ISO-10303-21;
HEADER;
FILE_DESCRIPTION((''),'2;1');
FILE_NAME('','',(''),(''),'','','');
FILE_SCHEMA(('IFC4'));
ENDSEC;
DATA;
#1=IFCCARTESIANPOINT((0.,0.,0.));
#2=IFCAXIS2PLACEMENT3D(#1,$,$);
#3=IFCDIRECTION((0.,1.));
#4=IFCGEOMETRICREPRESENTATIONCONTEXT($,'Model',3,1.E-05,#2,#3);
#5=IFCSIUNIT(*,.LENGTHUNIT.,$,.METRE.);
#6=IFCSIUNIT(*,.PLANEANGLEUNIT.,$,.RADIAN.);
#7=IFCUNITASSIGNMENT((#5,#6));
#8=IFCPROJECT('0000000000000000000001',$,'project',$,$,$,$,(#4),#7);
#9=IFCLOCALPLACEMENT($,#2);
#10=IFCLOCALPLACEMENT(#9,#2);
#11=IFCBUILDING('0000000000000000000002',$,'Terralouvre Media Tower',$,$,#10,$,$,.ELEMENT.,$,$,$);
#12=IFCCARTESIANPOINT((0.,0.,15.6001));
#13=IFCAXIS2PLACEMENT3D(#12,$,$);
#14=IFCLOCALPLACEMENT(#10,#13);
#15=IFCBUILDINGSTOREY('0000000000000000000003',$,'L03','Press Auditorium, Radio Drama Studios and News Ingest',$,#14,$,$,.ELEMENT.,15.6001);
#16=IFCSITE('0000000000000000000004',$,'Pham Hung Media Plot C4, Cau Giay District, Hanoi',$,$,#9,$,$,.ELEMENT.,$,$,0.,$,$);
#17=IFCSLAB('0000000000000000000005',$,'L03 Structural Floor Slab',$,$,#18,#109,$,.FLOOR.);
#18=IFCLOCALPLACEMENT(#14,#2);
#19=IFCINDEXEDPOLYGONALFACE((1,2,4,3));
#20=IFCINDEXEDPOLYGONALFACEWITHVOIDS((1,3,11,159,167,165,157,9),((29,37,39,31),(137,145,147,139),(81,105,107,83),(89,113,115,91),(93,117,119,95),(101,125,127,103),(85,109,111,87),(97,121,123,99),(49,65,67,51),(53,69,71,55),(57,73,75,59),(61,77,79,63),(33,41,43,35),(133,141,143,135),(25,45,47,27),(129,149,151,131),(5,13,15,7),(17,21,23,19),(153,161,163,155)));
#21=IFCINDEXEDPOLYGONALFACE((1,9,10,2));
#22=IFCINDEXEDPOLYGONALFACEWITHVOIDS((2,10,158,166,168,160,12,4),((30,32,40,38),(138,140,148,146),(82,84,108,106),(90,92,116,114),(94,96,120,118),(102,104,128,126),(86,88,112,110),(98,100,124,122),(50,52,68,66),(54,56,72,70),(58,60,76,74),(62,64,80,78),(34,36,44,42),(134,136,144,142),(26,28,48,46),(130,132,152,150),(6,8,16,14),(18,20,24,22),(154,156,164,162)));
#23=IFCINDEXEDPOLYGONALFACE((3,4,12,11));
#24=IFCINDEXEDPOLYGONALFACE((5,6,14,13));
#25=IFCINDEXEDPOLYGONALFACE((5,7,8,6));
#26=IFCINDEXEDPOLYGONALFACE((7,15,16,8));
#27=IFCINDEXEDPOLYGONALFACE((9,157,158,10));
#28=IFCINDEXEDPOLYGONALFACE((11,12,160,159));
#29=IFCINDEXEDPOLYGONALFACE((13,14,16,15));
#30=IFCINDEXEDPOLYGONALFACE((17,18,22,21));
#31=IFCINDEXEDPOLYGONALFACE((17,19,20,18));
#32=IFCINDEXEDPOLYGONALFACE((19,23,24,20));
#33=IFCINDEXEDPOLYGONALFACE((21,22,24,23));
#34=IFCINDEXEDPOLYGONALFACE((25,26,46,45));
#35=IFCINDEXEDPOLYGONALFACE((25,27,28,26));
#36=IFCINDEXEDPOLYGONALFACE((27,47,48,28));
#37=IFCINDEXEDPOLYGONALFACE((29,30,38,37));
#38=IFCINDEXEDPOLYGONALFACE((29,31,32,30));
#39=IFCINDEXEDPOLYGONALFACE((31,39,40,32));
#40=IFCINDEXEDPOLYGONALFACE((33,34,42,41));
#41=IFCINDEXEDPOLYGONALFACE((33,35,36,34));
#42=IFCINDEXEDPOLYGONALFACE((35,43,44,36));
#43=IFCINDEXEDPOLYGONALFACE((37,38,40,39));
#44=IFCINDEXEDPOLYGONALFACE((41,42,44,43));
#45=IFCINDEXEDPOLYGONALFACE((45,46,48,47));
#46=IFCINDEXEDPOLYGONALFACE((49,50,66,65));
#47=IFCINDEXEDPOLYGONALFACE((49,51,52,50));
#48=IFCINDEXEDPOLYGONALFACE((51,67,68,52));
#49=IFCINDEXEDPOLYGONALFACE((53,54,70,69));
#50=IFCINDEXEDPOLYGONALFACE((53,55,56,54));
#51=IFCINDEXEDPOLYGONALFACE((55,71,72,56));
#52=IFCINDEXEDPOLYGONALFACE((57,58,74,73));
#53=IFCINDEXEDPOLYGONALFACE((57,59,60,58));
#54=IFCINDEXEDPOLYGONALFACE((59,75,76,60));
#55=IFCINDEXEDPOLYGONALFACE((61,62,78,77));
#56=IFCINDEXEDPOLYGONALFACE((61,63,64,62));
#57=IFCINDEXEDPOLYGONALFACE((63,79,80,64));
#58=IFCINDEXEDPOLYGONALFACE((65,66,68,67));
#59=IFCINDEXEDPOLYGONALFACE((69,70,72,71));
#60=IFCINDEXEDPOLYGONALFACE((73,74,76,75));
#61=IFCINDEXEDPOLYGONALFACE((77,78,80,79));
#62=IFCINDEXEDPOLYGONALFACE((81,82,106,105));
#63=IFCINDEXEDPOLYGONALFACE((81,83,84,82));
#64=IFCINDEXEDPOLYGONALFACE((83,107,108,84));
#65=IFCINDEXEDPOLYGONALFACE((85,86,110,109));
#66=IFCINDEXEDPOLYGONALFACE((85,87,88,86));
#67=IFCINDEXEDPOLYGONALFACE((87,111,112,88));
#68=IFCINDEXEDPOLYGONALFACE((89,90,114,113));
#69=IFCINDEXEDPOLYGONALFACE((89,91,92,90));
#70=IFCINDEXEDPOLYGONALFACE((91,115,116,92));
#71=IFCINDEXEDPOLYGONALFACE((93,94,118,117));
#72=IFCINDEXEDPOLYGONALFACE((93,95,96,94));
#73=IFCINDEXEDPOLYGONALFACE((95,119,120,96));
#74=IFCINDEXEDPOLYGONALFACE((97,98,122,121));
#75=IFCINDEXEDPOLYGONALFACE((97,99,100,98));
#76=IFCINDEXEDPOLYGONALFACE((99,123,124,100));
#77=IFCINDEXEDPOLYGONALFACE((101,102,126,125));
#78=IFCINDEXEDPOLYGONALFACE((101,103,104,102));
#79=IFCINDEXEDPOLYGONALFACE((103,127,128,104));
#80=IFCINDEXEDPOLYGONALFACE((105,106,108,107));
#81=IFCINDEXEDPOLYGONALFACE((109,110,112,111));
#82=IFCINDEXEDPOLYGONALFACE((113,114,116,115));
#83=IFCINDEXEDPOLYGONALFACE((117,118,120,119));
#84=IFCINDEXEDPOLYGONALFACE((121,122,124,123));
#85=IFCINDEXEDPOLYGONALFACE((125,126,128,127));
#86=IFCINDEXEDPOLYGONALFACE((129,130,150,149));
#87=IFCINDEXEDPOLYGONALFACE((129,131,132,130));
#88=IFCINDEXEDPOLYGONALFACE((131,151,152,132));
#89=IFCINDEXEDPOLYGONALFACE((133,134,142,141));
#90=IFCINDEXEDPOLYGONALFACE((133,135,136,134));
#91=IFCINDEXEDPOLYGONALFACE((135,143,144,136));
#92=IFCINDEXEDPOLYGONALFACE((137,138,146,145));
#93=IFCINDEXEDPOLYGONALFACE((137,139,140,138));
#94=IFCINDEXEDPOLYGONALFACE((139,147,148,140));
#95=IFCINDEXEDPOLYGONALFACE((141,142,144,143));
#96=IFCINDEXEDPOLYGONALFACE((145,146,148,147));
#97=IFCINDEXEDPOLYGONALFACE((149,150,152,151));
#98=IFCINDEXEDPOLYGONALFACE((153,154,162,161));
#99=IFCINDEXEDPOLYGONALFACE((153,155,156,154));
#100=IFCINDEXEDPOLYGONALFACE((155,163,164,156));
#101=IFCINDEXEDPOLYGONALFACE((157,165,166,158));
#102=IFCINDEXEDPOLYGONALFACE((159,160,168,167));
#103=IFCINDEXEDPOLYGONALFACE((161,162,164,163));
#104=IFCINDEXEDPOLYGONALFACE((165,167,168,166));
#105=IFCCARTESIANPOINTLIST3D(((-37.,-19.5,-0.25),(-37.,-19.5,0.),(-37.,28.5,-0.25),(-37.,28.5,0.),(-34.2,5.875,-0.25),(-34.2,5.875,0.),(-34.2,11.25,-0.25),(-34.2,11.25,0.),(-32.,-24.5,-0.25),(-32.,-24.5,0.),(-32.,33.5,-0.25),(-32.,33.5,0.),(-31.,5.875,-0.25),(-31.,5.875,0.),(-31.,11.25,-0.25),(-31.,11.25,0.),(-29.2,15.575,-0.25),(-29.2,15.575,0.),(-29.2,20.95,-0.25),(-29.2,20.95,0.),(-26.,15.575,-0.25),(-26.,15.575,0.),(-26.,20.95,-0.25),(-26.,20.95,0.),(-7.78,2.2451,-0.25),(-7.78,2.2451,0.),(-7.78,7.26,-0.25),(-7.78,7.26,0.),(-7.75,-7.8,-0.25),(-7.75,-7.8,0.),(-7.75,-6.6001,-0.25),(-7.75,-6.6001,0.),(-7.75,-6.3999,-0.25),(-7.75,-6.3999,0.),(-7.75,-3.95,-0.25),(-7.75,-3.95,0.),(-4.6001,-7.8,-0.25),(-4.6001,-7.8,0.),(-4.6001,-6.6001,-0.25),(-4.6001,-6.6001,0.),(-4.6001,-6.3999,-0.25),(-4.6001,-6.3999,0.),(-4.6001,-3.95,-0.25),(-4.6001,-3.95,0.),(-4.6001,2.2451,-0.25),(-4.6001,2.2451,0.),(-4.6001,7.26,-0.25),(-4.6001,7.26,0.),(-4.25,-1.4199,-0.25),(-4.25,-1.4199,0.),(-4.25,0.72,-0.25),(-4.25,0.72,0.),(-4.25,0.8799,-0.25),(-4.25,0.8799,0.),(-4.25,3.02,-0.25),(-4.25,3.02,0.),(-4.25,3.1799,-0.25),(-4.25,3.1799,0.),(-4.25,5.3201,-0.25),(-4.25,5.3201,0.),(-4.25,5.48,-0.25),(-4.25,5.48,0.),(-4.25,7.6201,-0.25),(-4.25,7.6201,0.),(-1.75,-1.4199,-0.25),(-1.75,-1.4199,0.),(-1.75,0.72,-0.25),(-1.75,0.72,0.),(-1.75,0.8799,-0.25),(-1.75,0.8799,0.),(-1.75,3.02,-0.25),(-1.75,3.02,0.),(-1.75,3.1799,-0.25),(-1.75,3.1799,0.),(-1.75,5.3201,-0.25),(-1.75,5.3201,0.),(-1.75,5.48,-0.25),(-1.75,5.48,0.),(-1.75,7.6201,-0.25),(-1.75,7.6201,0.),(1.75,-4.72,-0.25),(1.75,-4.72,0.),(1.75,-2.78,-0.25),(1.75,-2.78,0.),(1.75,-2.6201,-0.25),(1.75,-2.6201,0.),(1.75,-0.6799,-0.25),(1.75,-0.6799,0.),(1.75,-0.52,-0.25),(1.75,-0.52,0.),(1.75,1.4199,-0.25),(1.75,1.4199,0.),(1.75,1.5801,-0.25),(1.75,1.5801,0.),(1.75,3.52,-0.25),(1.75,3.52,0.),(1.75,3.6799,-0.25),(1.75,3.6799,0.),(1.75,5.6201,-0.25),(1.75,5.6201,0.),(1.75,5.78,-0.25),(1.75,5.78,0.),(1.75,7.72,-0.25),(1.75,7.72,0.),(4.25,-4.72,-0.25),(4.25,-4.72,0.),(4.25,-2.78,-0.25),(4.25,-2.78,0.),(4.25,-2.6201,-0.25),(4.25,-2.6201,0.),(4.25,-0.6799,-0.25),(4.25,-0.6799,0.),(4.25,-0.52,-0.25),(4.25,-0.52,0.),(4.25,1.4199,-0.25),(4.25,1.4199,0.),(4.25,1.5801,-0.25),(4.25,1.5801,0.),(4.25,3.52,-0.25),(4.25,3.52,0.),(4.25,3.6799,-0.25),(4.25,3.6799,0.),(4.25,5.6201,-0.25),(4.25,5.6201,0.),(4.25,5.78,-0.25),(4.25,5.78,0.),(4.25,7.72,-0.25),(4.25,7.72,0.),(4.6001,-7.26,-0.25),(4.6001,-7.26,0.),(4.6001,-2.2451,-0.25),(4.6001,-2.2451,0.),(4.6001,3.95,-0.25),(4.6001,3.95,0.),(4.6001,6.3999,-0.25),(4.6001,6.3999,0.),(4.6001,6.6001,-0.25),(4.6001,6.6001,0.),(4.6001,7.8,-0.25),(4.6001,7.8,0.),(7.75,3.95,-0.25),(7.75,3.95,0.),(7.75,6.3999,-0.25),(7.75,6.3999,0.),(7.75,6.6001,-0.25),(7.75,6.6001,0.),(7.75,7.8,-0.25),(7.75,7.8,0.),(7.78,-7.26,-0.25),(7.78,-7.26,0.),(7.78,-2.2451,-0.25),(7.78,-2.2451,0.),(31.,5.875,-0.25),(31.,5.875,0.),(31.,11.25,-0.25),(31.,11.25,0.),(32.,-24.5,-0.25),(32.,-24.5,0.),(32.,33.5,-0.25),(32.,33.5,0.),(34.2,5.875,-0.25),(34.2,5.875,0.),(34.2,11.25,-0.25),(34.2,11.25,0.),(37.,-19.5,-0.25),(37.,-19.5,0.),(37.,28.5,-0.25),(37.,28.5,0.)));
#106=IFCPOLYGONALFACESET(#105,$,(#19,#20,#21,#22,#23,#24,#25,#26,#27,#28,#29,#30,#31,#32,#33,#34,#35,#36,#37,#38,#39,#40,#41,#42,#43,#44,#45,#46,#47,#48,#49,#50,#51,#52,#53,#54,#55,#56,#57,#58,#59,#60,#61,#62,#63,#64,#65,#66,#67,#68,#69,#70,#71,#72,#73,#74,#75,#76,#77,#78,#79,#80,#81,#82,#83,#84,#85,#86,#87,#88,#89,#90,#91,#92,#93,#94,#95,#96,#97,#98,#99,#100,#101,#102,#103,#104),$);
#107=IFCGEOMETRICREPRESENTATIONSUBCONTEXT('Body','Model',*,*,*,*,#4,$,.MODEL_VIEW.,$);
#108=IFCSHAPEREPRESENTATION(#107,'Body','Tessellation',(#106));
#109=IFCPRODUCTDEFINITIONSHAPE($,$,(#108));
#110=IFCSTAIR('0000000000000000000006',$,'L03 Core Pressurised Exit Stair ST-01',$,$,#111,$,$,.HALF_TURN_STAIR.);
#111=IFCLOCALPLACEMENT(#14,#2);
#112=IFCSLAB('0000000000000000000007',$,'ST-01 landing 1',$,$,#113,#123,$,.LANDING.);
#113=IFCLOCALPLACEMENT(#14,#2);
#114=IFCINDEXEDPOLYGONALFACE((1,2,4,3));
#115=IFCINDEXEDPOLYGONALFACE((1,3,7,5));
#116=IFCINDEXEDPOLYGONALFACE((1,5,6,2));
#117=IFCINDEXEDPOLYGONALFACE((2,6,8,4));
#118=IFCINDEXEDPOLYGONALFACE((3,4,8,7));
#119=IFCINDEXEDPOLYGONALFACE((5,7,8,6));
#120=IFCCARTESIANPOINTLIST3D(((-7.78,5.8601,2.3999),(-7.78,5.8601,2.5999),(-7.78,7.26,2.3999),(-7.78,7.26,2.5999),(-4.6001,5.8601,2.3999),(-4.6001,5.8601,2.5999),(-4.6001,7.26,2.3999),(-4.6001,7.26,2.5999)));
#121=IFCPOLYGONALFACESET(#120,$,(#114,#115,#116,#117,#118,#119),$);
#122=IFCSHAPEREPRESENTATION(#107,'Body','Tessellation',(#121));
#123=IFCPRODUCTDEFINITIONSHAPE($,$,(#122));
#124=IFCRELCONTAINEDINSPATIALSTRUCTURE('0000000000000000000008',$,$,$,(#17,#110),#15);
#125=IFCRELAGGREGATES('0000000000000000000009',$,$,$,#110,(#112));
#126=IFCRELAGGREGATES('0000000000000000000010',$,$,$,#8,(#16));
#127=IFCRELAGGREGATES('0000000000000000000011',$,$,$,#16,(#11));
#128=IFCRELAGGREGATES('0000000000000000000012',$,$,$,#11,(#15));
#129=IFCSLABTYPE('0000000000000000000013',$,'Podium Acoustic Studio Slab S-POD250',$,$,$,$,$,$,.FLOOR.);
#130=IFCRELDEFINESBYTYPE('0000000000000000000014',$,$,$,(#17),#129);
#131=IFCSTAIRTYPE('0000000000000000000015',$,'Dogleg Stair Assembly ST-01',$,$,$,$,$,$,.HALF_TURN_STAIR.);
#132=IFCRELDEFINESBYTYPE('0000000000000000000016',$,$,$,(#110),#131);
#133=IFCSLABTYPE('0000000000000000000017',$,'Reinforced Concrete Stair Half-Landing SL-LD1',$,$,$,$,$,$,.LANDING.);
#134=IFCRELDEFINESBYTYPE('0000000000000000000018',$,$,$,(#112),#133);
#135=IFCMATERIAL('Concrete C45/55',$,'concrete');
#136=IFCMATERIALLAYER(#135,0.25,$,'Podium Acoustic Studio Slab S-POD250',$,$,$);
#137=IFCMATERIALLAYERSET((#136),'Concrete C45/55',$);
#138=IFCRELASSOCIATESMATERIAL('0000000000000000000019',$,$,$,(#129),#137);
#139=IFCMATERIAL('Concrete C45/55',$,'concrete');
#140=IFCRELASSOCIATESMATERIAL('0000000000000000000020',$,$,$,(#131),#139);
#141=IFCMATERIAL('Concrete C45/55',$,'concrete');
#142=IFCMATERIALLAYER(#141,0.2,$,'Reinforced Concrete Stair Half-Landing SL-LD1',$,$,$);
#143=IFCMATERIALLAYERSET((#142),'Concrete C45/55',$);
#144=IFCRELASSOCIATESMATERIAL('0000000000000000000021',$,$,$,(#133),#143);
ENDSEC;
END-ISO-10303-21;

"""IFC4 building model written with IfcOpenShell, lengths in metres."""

from ifc_helpers import new_model, si_unit, direction, frame, origin, place, context, subcontext, project, spatial, polyline, outline, extrude, material, layer, layer_set, type_object, element, aggregate, save


model = new_model("IFC4")

# Units and contexts
model_context = context("Model", 3, precision=1e-05, world=origin(), true_north=direction((0.0, 1.0)))
body_context = subcontext(model_context, "Body", "Model", "MODEL_VIEW")
ifc_project = project(units=[si_unit("LENGTHUNIT", "METRE"), si_unit("PLANEANGLEUNIT", "RADIAN")], contexts=[model_context])

# Site, building, storey
site_placement = place(None, origin())
site = spatial("IfcSite", under=ifc_project, at=site_placement, Name="Pham Hung Media Plot C4, Cau Giay District, Hanoi", CompositionType="ELEMENT", RefElevation=0.0)
building_placement = place(site_placement, origin())
building = spatial("IfcBuilding", under=site, at=building_placement, Name="Terralouvre Media Tower", CompositionType="ELEMENT")
storey_placement = place(building_placement, frame((0.0, 0.0, 15.6001)))
storey = spatial("IfcBuildingStorey", under=building, at=storey_placement, Name="L03", Description="Press Auditorium, Radio Drama Studios and News Ingest", CompositionType="ELEMENT", Elevation=15.6001)

# Slab
ifc_material_1 = material(Name="Concrete C45/55", Category="concrete")
ifc_layer_1 = layer(ifc_material_1, 0.25, Name="Podium Acoustic Studio Slab S-POD250")
ifc_layer_set_1 = layer_set([ifc_layer_1], Name="Concrete C45/55")
slab_type_1 = type_object("IfcSlabType", Name="Podium Acoustic Studio Slab S-POD250", PredefinedType="FLOOR", material=ifc_layer_set_1)
slab_1_placement = place(storey_placement, frame((0.0, 0.0, -0.25)))
element("IfcSlab", 1, at=slab_1_placement, inside=storey, type_object=slab_type_1, Name="L03 Structural Floor Slab", PredefinedType="FLOOR", context=body_context, shape_type="SweptSolid", body=[
    extrude(outline(polyline([(-32.0, -24.5), (32.0, -24.5), (37.0, -19.5), (37.0, 28.5), (32.0, 33.5), (-32.0, 33.5), (-37.0, 28.5), (-37.0, -19.5), (-32.0, -24.5)]), holes=[polyline([(-4.6001, -7.8), (-7.75, -7.8), (-7.75, -6.6001), (-4.6001, -6.6001), (-4.6001, -7.8)]), polyline([(-4.6001, -6.3999), (-7.75, -6.3999), (-7.75, -3.95), (-4.6001, -3.95), (-4.6001, -6.3999)]), polyline([(-1.75, -1.4199), (-4.25, -1.4199), (-4.25, 0.72), (-1.75, 0.72), (-1.75, -1.4199)]), polyline([(4.25, -0.52), (1.75, -0.52), (1.75, 1.4199), (4.25, 1.4199), (4.25, -0.52)]), polyline([(-1.75, 0.8799), (-4.25, 0.8799), (-4.25, 3.02), (-1.75, 3.02), (-1.75, 0.8799)]), polyline([(-1.75, 3.1799), (-4.25, 3.1799), (-4.25, 5.3201), (-1.75, 5.3201), (-1.75, 3.1799)]), polyline([(-4.6001, 2.2451), (-7.78, 2.2451), (-7.78, 7.26), (-4.6001, 7.26), (-4.6001, 2.2451)]), polyline([(-4.25, 5.48), (-4.25, 7.6201), (-1.75, 7.6201), (-1.75, 5.48), (-4.25, 5.48)]), polyline([(-34.2, 5.875), (-34.2, 11.25), (-31.0, 11.25), (-31.0, 5.875), (-34.2, 5.875)]), polyline([(-26.0, 15.575), (-29.2, 15.575), (-29.2, 20.95), (-26.0, 20.95), (-26.0, 15.575)]), polyline([(4.6001, -2.2451), (7.78, -2.2451), (7.78, -7.26), (4.6001, -7.26), (4.6001, -2.2451)]), polyline([(4.25, -4.72), (1.75, -4.72), (1.75, -2.78), (4.25, -2.78), (4.25, -4.72)]), polyline([(1.75, -2.6201), (1.75, -0.6799), (4.25, -0.6799), (4.25, -2.6201), (1.75, -2.6201)]), polyline([(1.75, 1.5801), (1.75, 3.52), (4.25, 3.52), (4.25, 1.5801), (1.75, 1.5801)]), polyline([(4.25, 3.6799), (1.75, 3.6799), (1.75, 5.6201), (4.25, 5.6201), (4.25, 3.6799)]), polyline([(7.75, 3.95), (4.6001, 3.95), (4.6001, 6.3999), (7.75, 6.3999), (7.75, 3.95)]), polyline([(4.25, 5.78), (1.75, 5.78), (1.75, 7.72), (4.25, 7.72), (4.25, 5.78)]), polyline([(4.6001, 6.6001), (4.6001, 7.8), (7.75, 7.8), (7.75, 6.6001), (4.6001, 6.6001)]), polyline([(31.0, 5.875), (31.0, 11.25), (34.2, 11.25), (34.2, 5.875), (31.0, 5.875)])]), origin(), (0.0, 0.0, 1.0), 0.25),
])

# Stair, slab
ifc_material_2 = material(Name="Concrete C45/55", Category="concrete")
stair_type = type_object("IfcStairType", Name="Dogleg Stair Assembly ST-01", PredefinedType="HALF_TURN_STAIR", material=ifc_material_2)
stair_placement = place(storey_placement, origin())
stair = element("IfcStair", 2, at=stair_placement, inside=storey, type_object=stair_type, Name="L03 Core Pressurised Exit Stair ST-01", PredefinedType="HALF_TURN_STAIR")
ifc_material_3 = material(Name="Concrete C45/55", Category="concrete")
ifc_layer_2 = layer(ifc_material_3, 0.2, Name="Reinforced Concrete Stair Half-Landing SL-LD1")
ifc_layer_set_2 = layer_set([ifc_layer_2], Name="Concrete C45/55")
slab_type_2 = type_object("IfcSlabType", Name="Reinforced Concrete Stair Half-Landing SL-LD1", PredefinedType="LANDING", material=ifc_layer_set_2)
slab_2_placement = place(storey_placement, frame((0.0, 0.0, 2.3999)))
slab_2 = element("IfcSlab", 3, at=slab_2_placement, type_object=slab_type_2, Name="ST-01 landing 1", PredefinedType="LANDING", context=body_context, shape_type="SweptSolid", body=[
    extrude(outline(polyline([(-4.6001, 5.8601), (-4.6001, 7.26), (-7.78, 7.26), (-7.78, 5.8601), (-4.6001, 5.8601)])), origin(), (0.0, 0.0, 1.0), 0.2),
])
aggregate(stair, [slab_2])

save(model, "model.ifc")
